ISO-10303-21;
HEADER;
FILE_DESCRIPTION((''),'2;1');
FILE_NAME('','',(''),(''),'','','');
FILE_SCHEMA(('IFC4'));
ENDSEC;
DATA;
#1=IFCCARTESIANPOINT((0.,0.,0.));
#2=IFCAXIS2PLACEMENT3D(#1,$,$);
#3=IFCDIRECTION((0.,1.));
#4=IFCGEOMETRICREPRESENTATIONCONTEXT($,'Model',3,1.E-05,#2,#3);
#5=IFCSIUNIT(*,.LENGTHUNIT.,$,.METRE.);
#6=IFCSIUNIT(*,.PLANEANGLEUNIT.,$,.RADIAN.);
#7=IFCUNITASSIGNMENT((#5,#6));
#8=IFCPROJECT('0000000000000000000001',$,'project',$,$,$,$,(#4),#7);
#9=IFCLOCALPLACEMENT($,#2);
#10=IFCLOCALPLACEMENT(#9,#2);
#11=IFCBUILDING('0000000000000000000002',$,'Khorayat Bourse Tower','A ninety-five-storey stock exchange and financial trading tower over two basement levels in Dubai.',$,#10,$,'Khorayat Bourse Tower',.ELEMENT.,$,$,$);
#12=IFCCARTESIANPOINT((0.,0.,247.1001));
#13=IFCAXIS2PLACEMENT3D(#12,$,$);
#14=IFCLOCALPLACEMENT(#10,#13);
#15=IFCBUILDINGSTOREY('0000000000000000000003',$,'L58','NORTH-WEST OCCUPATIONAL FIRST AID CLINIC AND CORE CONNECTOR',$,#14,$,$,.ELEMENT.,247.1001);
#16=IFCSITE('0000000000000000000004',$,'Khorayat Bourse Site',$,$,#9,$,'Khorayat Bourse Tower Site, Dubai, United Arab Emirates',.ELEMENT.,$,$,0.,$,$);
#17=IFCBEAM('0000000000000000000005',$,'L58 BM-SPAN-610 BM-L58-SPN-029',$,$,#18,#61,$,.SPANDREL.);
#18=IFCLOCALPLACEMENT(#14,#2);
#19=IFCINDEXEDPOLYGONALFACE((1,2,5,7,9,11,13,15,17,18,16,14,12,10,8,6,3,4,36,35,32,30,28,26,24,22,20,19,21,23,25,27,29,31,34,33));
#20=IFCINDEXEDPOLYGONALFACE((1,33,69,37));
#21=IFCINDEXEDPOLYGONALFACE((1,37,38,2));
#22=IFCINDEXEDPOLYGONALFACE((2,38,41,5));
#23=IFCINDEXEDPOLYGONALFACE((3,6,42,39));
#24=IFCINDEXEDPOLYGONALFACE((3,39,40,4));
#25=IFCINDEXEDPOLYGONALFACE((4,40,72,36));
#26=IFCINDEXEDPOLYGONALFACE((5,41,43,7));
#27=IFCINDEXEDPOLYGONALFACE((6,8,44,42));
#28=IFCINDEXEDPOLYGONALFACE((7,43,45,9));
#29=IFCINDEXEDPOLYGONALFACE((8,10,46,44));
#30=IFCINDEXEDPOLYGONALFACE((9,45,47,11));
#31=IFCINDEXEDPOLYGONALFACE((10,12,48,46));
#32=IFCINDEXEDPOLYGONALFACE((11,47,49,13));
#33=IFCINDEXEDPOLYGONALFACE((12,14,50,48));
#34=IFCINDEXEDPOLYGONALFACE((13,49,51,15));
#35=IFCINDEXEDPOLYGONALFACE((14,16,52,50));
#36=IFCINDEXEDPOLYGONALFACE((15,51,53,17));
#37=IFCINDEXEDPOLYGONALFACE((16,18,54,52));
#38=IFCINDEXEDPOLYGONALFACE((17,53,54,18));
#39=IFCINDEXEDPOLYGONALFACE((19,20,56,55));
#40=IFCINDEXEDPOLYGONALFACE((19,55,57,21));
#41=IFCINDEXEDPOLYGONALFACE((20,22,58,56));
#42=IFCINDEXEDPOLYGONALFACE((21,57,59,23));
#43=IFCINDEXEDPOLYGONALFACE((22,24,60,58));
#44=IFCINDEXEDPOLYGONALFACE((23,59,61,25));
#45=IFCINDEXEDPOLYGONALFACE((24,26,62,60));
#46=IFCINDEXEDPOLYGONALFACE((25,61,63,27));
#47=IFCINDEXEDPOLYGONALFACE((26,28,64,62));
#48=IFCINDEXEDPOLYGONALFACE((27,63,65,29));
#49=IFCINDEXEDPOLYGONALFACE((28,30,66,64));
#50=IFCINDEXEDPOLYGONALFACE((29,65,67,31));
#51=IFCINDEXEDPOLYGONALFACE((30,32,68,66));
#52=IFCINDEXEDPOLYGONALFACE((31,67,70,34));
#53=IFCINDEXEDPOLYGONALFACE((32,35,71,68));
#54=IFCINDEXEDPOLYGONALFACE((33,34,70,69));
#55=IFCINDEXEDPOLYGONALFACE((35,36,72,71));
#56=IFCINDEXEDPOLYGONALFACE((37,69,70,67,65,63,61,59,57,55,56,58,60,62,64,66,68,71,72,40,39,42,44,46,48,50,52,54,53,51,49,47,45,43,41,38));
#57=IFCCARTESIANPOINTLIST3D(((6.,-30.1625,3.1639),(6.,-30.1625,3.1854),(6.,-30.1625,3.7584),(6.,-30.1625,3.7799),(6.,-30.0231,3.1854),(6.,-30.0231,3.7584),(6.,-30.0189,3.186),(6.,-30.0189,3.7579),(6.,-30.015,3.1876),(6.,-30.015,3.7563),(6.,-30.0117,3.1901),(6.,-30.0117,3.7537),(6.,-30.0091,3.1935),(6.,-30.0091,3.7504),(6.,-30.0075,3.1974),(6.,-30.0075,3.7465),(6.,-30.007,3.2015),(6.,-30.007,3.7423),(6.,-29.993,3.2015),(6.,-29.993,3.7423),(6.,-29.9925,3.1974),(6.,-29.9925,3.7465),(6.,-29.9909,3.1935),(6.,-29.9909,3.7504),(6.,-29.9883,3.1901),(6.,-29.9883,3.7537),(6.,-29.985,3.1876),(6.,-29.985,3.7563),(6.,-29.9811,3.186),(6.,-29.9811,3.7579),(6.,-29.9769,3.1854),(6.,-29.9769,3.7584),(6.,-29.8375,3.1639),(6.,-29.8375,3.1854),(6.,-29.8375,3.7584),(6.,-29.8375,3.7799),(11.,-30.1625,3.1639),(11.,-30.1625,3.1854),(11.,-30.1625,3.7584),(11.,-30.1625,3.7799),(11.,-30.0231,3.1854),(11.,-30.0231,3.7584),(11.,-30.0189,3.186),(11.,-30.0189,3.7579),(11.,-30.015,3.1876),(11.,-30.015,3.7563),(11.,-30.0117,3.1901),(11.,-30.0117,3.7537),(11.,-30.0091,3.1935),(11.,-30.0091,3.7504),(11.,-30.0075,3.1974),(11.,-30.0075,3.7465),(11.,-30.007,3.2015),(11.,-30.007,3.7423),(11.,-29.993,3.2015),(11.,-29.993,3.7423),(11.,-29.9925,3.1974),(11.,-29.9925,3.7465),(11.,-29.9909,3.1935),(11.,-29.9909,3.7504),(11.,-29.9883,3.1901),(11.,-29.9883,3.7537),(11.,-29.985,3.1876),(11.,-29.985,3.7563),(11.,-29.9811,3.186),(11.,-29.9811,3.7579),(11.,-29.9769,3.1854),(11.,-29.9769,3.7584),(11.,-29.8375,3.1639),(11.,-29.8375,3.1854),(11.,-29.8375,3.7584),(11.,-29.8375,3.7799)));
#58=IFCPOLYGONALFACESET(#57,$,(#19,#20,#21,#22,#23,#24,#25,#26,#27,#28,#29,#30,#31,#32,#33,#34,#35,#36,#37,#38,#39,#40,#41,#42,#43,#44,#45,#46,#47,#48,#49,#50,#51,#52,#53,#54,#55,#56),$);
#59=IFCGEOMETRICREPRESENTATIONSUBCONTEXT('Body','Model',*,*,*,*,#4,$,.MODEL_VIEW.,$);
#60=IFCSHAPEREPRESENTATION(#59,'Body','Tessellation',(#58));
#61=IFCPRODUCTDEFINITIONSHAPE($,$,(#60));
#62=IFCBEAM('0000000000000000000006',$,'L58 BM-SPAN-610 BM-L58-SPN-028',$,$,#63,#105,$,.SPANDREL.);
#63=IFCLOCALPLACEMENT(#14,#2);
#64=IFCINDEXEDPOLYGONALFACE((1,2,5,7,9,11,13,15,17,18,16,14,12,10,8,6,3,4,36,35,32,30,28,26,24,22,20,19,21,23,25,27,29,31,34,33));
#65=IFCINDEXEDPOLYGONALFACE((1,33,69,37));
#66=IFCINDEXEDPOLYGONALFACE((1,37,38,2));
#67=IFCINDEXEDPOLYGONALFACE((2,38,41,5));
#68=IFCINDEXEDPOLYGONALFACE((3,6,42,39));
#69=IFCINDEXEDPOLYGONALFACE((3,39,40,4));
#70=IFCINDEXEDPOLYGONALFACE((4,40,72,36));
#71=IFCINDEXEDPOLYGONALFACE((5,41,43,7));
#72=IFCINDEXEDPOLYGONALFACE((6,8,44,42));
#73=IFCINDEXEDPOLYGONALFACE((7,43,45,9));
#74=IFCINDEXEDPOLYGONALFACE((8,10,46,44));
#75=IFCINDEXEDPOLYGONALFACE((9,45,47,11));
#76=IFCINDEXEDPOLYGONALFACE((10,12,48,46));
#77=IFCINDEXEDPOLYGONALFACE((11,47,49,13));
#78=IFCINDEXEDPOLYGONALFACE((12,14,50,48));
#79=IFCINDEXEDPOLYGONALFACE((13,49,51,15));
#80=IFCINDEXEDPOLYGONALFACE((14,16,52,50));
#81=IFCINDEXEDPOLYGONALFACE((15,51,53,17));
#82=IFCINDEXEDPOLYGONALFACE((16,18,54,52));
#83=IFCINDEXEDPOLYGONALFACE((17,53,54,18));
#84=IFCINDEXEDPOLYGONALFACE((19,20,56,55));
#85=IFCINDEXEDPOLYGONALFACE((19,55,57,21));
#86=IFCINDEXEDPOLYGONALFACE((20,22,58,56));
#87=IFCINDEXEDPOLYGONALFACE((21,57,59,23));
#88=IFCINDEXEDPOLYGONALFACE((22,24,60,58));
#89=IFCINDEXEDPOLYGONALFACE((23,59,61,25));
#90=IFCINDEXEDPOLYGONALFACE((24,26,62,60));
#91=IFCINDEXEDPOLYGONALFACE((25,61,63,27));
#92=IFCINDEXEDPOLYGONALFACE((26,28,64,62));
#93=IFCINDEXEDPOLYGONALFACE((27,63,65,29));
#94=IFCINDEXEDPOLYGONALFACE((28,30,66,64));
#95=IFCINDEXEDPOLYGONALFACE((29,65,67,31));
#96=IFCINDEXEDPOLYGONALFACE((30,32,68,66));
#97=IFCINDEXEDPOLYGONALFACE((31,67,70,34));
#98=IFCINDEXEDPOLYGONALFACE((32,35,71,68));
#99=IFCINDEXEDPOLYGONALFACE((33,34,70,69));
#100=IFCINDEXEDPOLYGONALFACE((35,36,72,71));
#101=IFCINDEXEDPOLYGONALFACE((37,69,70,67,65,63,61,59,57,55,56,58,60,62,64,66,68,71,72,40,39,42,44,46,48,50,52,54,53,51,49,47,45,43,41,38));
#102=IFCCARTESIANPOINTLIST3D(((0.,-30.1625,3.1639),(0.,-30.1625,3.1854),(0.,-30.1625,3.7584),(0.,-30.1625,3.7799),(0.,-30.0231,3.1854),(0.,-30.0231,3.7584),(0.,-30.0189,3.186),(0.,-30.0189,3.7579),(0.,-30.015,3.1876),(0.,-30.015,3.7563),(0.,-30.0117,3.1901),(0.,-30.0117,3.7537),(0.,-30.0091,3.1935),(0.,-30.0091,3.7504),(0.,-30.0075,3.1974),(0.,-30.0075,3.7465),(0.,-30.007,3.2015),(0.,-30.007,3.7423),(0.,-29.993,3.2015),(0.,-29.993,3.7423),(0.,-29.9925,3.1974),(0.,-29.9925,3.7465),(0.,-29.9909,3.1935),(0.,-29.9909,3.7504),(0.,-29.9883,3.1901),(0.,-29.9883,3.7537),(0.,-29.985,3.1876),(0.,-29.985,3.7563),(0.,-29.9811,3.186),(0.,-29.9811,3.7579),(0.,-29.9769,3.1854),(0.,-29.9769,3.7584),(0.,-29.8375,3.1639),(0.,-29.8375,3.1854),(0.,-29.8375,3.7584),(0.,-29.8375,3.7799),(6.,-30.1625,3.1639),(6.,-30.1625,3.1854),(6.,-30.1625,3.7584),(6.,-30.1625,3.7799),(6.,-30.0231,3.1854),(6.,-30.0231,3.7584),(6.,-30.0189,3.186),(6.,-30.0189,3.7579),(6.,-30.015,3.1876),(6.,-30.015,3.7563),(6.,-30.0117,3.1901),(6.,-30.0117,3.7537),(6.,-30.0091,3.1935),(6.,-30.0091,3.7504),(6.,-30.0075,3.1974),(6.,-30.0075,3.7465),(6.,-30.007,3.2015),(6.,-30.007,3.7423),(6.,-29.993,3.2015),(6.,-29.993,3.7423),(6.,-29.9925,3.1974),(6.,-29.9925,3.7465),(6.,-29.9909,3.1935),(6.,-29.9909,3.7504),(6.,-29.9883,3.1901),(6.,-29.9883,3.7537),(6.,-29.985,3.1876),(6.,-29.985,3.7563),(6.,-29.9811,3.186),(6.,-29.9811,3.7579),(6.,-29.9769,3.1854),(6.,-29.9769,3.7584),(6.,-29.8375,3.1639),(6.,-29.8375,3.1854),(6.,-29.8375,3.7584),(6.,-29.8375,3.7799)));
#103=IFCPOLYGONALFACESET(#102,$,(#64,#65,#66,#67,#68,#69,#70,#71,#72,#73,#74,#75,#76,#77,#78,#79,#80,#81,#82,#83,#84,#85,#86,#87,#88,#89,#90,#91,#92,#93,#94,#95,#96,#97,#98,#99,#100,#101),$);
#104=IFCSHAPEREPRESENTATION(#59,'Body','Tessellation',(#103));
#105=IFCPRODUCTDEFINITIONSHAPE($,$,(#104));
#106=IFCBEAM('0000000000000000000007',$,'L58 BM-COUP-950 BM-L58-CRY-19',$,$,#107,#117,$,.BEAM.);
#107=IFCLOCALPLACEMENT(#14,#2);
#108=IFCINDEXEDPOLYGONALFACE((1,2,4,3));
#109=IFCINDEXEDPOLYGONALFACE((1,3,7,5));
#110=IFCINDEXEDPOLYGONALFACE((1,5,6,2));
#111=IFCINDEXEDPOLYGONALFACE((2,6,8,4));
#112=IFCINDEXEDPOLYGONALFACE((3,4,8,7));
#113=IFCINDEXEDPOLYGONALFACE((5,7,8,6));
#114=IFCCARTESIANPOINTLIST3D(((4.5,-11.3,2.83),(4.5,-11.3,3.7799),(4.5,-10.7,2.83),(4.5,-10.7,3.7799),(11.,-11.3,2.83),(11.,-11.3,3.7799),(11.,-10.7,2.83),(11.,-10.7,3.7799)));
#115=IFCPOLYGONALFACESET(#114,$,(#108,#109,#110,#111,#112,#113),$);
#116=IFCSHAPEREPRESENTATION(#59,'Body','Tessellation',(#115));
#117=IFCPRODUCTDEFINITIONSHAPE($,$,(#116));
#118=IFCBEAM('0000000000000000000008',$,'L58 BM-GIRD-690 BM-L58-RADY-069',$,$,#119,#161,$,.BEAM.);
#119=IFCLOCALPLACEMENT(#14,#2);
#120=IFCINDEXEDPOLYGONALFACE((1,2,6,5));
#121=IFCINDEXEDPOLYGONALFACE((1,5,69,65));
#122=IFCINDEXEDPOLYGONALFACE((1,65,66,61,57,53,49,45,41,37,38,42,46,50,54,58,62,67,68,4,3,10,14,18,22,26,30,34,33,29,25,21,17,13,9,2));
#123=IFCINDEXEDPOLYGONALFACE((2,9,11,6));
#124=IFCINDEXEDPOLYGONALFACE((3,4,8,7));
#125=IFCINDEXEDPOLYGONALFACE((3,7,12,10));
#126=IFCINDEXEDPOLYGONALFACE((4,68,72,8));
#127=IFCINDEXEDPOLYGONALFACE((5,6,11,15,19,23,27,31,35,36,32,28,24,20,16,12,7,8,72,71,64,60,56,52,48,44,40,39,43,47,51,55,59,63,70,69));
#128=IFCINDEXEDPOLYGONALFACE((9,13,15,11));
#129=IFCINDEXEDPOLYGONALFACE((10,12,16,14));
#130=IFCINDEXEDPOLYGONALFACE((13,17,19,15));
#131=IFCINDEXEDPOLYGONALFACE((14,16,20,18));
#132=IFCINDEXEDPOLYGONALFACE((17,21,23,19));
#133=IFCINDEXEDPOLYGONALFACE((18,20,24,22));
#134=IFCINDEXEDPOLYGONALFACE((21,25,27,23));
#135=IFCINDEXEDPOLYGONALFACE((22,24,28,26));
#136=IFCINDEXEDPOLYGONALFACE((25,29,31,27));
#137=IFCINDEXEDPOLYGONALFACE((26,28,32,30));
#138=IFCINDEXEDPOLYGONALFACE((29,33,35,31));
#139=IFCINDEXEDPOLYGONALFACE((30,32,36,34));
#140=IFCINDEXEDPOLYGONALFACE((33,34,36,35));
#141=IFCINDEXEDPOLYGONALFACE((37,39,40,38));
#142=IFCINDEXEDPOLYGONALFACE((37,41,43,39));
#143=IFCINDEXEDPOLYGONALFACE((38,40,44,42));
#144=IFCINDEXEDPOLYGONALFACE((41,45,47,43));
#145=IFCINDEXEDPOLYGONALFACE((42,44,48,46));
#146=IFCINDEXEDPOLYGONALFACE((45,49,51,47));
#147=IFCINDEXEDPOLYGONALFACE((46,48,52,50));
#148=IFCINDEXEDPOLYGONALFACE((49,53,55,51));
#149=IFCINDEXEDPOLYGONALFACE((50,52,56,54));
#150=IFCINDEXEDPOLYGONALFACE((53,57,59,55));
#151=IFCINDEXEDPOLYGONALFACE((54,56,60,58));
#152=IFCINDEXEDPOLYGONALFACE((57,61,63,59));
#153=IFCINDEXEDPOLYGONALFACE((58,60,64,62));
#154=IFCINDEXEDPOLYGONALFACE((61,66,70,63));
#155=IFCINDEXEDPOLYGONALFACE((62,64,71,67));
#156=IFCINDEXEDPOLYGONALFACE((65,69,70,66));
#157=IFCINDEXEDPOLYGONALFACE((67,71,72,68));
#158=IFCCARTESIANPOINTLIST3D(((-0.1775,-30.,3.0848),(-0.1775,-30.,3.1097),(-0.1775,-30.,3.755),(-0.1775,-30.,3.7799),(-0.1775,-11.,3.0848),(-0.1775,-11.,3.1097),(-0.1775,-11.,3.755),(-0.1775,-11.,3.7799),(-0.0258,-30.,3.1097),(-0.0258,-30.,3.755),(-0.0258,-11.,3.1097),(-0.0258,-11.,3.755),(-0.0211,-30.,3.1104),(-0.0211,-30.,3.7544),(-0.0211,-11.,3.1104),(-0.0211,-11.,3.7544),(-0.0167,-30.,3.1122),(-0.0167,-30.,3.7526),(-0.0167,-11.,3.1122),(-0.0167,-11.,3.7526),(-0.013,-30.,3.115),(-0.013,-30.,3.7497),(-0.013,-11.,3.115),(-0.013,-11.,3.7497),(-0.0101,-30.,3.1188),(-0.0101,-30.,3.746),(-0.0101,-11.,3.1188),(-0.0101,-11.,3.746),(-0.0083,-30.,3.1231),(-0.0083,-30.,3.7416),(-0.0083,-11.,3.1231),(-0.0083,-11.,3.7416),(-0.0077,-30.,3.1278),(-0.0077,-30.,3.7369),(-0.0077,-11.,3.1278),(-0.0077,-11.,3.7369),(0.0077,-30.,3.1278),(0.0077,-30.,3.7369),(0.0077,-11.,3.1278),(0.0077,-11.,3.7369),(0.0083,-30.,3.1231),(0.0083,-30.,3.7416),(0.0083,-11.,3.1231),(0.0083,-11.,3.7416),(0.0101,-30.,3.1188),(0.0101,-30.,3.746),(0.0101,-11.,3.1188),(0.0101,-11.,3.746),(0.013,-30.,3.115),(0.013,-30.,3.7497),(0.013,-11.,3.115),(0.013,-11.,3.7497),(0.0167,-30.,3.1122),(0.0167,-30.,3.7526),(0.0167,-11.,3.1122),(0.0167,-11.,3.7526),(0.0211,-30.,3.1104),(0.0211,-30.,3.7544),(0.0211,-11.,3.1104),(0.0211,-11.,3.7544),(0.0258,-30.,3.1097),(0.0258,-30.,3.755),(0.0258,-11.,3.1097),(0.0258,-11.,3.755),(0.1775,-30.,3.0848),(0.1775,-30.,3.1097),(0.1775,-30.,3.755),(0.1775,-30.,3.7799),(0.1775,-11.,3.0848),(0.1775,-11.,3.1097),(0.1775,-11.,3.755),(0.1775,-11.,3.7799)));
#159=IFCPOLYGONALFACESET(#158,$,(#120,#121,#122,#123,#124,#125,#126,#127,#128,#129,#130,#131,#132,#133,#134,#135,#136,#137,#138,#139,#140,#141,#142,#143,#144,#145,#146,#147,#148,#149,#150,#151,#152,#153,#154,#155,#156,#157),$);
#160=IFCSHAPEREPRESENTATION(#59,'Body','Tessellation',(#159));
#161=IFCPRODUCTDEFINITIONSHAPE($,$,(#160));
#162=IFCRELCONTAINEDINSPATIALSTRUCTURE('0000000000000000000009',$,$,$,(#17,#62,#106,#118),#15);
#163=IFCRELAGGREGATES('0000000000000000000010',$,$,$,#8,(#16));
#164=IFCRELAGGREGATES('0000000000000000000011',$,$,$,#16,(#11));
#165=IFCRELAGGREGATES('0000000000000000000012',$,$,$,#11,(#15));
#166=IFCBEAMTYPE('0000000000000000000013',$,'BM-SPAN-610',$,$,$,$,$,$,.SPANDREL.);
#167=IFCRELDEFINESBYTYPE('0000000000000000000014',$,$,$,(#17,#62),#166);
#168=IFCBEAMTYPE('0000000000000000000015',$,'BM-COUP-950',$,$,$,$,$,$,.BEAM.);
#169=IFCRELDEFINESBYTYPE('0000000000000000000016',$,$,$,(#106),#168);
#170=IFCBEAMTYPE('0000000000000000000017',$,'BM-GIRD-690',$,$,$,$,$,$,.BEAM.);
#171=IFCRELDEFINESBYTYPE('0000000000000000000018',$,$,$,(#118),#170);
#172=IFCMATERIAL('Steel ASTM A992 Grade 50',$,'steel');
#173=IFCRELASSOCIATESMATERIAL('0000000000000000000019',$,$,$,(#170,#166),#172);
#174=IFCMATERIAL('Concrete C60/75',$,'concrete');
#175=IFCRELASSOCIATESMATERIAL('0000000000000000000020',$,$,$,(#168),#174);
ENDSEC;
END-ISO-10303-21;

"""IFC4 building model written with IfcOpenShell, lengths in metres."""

from ifc_helpers import new_model, si_unit, direction, frame, origin, origin_2d, place, context, subcontext, project, spatial, rectangle, i_section, extrude, source, transform, mapped, material, material_profile, profile_set, type_object, element, save


model = new_model("IFC4")

# Units and contexts
model_context = context("Model", 3, precision=1e-05, world=origin(), true_north=direction((0.0, 1.0)))
body_context = subcontext(model_context, "Body", "Model", "MODEL_VIEW")
ifc_project = project(units=[si_unit("LENGTHUNIT", "METRE"), si_unit("PLANEANGLEUNIT", "RADIAN")], contexts=[model_context])

# Site, building, storey
site_placement = place(None, origin())
site = spatial("IfcSite", under=ifc_project, at=site_placement, Name="Khorayat Bourse Site", LongName="Khorayat Bourse Tower Site, Dubai, United Arab Emirates", CompositionType="ELEMENT", RefElevation=0.0)
building_placement = place(site_placement, origin())
building = spatial("IfcBuilding", under=site, at=building_placement, Name="Khorayat Bourse Tower", Description="A ninety-five-storey stock exchange and financial trading tower over two basement levels in Dubai.", LongName="Khorayat Bourse Tower", CompositionType="ELEMENT")
storey_placement = place(building_placement, frame((0.0, 0.0, 247.1001)))
storey = spatial("IfcBuildingStorey", under=building, at=storey_placement, Name="L58", Description="NORTH-WEST OCCUPATIONAL FIRST AID CLINIC AND CORE CONNECTOR", CompositionType="ELEMENT", Elevation=247.1001)

# Shared definitions
ifc_material_1 = material(Name="Concrete C60/75", Category="concrete")

# Beams
ifc_material_2 = material(Name="Steel ASTM A992 Grade 50", Category="steel")
ifc_material_profile_1 = material_profile(ifc_material_2, i_section(OverallWidth=0.355, OverallDepth=0.6951, WebThickness=0.0154, FlangeThickness=0.0249, FilletRadius=0.0181, at=origin_2d()), Name="W690X217")
ifc_profile_set_1 = profile_set([ifc_material_profile_1], Name="Steel ASTM A992 Grade 50")
beam_type_1 = type_object("IfcBeamType", Name="BM-GIRD-690", PredefinedType="BEAM", material=ifc_profile_set_1)
ifc_material_profile_2 = material_profile(ifc_material_2, i_section(OverallWidth=0.325, OverallDepth=0.616, WebThickness=0.0139, FlangeThickness=0.0215, FilletRadius=0.0161, at=origin_2d()), Name="W610X174")
ifc_profile_set_2 = profile_set([ifc_material_profile_2], Name="Steel ASTM A992 Grade 50")
beam_type_2 = type_object("IfcBeamType", Name="BM-SPAN-610", PredefinedType="SPANDREL", material=ifc_profile_set_2)
shared_shape_1 = source(origin(), body_context, "Body", "SweptSolid", [
    extrude(i_section(OverallWidth=0.325, OverallDepth=0.616, WebThickness=0.0139, FlangeThickness=0.0215, FilletRadius=0.0161, at=origin_2d()), origin(), (0.0, 0.0, 1.0), 5.0),
])
beam_1_placement = place(storey_placement, frame((6.0, -30.0, 3.4719), z_axis=(1.0, 0.0, 0.0), x_axis=(0.0, 1.0, 0.0)))
element("IfcBeam", 1, at=beam_1_placement, inside=storey, type_object=beam_type_2, Name="L58 BM-SPAN-610 BM-L58-SPN-029", PredefinedType="SPANDREL", context=body_context, shape_type="MappedRepresentation", body=[
    mapped(shared_shape_1, transform((0.0, 0.0, 0.0), scale=1.0)),
])
shared_shape_2 = source(origin(), body_context, "Body", "SweptSolid", [
    extrude(i_section(OverallWidth=0.325, OverallDepth=0.616, WebThickness=0.0139, FlangeThickness=0.0215, FilletRadius=0.0161, at=origin_2d()), origin(), (0.0, 0.0, 1.0), 6.0),
])
beam_2_placement = place(storey_placement, frame((0.0, -30.0, 3.4719), z_axis=(1.0, 0.0, 0.0), x_axis=(0.0, 1.0, 0.0)))
element("IfcBeam", 2, at=beam_2_placement, inside=storey, type_object=beam_type_2, Name="L58 BM-SPAN-610 BM-L58-SPN-028", PredefinedType="SPANDREL", context=body_context, shape_type="MappedRepresentation", body=[
    mapped(shared_shape_2, transform((0.0, 0.0, 0.0), scale=1.0)),
])
ifc_material_profile_3 = material_profile(ifc_material_1, rectangle(XDim=0.6001, YDim=0.95, at=origin_2d()), Name="RC 600x950")
ifc_profile_set_3 = profile_set([ifc_material_profile_3], Name="Concrete C60/75")
beam_type_3 = type_object("IfcBeamType", Name="BM-COUP-950", PredefinedType="BEAM", material=ifc_profile_set_3)
shared_shape_3 = source(origin(), body_context, "Body", "SweptSolid", [
    extrude(rectangle(XDim=0.6001, YDim=0.95, at=origin_2d()), origin(), (0.0, 0.0, 1.0), 6.5),
])
beam_3_placement = place(storey_placement, frame((4.5, -11.0, 3.3049), z_axis=(1.0, 0.0, 0.0), x_axis=(0.0, 1.0, 0.0)))
element("IfcBeam", 3, at=beam_3_placement, inside=storey, type_object=beam_type_3, Name="L58 BM-COUP-950 BM-L58-CRY-19", PredefinedType="BEAM", context=body_context, shape_type="MappedRepresentation", body=[
    mapped(shared_shape_3, transform((0.0, 0.0, 0.0), scale=1.0)),
])
shared_shape_4 = source(origin(), body_context, "Body", "SweptSolid", [
    extrude(i_section(OverallWidth=0.355, OverallDepth=0.6951, WebThickness=0.0154, FlangeThickness=0.0249, FilletRadius=0.0181, at=origin_2d()), origin(), (0.0, 0.0, 1.0), 19.0),
])
for number, where, z_axis, x_axis, name in (
    (4, (0.0, -30.0, 3.4324), (0.0, 1.0, 0.0), (-1.0, 0.0, 0.0), "L58 BM-GIRD-690 BM-L58-RADY-069"),
):
    element("IfcBeam", number, at=place(storey_placement, frame(where, z_axis=z_axis, x_axis=x_axis)), inside=storey, type_object=beam_type_1, Name=name, PredefinedType="BEAM", context=body_context, shape_type="MappedRepresentation", body=[
        mapped(shared_shape_4, transform((0.0, 0.0, 0.0), scale=1.0)),
    ])

save(model, "model.ifc")
